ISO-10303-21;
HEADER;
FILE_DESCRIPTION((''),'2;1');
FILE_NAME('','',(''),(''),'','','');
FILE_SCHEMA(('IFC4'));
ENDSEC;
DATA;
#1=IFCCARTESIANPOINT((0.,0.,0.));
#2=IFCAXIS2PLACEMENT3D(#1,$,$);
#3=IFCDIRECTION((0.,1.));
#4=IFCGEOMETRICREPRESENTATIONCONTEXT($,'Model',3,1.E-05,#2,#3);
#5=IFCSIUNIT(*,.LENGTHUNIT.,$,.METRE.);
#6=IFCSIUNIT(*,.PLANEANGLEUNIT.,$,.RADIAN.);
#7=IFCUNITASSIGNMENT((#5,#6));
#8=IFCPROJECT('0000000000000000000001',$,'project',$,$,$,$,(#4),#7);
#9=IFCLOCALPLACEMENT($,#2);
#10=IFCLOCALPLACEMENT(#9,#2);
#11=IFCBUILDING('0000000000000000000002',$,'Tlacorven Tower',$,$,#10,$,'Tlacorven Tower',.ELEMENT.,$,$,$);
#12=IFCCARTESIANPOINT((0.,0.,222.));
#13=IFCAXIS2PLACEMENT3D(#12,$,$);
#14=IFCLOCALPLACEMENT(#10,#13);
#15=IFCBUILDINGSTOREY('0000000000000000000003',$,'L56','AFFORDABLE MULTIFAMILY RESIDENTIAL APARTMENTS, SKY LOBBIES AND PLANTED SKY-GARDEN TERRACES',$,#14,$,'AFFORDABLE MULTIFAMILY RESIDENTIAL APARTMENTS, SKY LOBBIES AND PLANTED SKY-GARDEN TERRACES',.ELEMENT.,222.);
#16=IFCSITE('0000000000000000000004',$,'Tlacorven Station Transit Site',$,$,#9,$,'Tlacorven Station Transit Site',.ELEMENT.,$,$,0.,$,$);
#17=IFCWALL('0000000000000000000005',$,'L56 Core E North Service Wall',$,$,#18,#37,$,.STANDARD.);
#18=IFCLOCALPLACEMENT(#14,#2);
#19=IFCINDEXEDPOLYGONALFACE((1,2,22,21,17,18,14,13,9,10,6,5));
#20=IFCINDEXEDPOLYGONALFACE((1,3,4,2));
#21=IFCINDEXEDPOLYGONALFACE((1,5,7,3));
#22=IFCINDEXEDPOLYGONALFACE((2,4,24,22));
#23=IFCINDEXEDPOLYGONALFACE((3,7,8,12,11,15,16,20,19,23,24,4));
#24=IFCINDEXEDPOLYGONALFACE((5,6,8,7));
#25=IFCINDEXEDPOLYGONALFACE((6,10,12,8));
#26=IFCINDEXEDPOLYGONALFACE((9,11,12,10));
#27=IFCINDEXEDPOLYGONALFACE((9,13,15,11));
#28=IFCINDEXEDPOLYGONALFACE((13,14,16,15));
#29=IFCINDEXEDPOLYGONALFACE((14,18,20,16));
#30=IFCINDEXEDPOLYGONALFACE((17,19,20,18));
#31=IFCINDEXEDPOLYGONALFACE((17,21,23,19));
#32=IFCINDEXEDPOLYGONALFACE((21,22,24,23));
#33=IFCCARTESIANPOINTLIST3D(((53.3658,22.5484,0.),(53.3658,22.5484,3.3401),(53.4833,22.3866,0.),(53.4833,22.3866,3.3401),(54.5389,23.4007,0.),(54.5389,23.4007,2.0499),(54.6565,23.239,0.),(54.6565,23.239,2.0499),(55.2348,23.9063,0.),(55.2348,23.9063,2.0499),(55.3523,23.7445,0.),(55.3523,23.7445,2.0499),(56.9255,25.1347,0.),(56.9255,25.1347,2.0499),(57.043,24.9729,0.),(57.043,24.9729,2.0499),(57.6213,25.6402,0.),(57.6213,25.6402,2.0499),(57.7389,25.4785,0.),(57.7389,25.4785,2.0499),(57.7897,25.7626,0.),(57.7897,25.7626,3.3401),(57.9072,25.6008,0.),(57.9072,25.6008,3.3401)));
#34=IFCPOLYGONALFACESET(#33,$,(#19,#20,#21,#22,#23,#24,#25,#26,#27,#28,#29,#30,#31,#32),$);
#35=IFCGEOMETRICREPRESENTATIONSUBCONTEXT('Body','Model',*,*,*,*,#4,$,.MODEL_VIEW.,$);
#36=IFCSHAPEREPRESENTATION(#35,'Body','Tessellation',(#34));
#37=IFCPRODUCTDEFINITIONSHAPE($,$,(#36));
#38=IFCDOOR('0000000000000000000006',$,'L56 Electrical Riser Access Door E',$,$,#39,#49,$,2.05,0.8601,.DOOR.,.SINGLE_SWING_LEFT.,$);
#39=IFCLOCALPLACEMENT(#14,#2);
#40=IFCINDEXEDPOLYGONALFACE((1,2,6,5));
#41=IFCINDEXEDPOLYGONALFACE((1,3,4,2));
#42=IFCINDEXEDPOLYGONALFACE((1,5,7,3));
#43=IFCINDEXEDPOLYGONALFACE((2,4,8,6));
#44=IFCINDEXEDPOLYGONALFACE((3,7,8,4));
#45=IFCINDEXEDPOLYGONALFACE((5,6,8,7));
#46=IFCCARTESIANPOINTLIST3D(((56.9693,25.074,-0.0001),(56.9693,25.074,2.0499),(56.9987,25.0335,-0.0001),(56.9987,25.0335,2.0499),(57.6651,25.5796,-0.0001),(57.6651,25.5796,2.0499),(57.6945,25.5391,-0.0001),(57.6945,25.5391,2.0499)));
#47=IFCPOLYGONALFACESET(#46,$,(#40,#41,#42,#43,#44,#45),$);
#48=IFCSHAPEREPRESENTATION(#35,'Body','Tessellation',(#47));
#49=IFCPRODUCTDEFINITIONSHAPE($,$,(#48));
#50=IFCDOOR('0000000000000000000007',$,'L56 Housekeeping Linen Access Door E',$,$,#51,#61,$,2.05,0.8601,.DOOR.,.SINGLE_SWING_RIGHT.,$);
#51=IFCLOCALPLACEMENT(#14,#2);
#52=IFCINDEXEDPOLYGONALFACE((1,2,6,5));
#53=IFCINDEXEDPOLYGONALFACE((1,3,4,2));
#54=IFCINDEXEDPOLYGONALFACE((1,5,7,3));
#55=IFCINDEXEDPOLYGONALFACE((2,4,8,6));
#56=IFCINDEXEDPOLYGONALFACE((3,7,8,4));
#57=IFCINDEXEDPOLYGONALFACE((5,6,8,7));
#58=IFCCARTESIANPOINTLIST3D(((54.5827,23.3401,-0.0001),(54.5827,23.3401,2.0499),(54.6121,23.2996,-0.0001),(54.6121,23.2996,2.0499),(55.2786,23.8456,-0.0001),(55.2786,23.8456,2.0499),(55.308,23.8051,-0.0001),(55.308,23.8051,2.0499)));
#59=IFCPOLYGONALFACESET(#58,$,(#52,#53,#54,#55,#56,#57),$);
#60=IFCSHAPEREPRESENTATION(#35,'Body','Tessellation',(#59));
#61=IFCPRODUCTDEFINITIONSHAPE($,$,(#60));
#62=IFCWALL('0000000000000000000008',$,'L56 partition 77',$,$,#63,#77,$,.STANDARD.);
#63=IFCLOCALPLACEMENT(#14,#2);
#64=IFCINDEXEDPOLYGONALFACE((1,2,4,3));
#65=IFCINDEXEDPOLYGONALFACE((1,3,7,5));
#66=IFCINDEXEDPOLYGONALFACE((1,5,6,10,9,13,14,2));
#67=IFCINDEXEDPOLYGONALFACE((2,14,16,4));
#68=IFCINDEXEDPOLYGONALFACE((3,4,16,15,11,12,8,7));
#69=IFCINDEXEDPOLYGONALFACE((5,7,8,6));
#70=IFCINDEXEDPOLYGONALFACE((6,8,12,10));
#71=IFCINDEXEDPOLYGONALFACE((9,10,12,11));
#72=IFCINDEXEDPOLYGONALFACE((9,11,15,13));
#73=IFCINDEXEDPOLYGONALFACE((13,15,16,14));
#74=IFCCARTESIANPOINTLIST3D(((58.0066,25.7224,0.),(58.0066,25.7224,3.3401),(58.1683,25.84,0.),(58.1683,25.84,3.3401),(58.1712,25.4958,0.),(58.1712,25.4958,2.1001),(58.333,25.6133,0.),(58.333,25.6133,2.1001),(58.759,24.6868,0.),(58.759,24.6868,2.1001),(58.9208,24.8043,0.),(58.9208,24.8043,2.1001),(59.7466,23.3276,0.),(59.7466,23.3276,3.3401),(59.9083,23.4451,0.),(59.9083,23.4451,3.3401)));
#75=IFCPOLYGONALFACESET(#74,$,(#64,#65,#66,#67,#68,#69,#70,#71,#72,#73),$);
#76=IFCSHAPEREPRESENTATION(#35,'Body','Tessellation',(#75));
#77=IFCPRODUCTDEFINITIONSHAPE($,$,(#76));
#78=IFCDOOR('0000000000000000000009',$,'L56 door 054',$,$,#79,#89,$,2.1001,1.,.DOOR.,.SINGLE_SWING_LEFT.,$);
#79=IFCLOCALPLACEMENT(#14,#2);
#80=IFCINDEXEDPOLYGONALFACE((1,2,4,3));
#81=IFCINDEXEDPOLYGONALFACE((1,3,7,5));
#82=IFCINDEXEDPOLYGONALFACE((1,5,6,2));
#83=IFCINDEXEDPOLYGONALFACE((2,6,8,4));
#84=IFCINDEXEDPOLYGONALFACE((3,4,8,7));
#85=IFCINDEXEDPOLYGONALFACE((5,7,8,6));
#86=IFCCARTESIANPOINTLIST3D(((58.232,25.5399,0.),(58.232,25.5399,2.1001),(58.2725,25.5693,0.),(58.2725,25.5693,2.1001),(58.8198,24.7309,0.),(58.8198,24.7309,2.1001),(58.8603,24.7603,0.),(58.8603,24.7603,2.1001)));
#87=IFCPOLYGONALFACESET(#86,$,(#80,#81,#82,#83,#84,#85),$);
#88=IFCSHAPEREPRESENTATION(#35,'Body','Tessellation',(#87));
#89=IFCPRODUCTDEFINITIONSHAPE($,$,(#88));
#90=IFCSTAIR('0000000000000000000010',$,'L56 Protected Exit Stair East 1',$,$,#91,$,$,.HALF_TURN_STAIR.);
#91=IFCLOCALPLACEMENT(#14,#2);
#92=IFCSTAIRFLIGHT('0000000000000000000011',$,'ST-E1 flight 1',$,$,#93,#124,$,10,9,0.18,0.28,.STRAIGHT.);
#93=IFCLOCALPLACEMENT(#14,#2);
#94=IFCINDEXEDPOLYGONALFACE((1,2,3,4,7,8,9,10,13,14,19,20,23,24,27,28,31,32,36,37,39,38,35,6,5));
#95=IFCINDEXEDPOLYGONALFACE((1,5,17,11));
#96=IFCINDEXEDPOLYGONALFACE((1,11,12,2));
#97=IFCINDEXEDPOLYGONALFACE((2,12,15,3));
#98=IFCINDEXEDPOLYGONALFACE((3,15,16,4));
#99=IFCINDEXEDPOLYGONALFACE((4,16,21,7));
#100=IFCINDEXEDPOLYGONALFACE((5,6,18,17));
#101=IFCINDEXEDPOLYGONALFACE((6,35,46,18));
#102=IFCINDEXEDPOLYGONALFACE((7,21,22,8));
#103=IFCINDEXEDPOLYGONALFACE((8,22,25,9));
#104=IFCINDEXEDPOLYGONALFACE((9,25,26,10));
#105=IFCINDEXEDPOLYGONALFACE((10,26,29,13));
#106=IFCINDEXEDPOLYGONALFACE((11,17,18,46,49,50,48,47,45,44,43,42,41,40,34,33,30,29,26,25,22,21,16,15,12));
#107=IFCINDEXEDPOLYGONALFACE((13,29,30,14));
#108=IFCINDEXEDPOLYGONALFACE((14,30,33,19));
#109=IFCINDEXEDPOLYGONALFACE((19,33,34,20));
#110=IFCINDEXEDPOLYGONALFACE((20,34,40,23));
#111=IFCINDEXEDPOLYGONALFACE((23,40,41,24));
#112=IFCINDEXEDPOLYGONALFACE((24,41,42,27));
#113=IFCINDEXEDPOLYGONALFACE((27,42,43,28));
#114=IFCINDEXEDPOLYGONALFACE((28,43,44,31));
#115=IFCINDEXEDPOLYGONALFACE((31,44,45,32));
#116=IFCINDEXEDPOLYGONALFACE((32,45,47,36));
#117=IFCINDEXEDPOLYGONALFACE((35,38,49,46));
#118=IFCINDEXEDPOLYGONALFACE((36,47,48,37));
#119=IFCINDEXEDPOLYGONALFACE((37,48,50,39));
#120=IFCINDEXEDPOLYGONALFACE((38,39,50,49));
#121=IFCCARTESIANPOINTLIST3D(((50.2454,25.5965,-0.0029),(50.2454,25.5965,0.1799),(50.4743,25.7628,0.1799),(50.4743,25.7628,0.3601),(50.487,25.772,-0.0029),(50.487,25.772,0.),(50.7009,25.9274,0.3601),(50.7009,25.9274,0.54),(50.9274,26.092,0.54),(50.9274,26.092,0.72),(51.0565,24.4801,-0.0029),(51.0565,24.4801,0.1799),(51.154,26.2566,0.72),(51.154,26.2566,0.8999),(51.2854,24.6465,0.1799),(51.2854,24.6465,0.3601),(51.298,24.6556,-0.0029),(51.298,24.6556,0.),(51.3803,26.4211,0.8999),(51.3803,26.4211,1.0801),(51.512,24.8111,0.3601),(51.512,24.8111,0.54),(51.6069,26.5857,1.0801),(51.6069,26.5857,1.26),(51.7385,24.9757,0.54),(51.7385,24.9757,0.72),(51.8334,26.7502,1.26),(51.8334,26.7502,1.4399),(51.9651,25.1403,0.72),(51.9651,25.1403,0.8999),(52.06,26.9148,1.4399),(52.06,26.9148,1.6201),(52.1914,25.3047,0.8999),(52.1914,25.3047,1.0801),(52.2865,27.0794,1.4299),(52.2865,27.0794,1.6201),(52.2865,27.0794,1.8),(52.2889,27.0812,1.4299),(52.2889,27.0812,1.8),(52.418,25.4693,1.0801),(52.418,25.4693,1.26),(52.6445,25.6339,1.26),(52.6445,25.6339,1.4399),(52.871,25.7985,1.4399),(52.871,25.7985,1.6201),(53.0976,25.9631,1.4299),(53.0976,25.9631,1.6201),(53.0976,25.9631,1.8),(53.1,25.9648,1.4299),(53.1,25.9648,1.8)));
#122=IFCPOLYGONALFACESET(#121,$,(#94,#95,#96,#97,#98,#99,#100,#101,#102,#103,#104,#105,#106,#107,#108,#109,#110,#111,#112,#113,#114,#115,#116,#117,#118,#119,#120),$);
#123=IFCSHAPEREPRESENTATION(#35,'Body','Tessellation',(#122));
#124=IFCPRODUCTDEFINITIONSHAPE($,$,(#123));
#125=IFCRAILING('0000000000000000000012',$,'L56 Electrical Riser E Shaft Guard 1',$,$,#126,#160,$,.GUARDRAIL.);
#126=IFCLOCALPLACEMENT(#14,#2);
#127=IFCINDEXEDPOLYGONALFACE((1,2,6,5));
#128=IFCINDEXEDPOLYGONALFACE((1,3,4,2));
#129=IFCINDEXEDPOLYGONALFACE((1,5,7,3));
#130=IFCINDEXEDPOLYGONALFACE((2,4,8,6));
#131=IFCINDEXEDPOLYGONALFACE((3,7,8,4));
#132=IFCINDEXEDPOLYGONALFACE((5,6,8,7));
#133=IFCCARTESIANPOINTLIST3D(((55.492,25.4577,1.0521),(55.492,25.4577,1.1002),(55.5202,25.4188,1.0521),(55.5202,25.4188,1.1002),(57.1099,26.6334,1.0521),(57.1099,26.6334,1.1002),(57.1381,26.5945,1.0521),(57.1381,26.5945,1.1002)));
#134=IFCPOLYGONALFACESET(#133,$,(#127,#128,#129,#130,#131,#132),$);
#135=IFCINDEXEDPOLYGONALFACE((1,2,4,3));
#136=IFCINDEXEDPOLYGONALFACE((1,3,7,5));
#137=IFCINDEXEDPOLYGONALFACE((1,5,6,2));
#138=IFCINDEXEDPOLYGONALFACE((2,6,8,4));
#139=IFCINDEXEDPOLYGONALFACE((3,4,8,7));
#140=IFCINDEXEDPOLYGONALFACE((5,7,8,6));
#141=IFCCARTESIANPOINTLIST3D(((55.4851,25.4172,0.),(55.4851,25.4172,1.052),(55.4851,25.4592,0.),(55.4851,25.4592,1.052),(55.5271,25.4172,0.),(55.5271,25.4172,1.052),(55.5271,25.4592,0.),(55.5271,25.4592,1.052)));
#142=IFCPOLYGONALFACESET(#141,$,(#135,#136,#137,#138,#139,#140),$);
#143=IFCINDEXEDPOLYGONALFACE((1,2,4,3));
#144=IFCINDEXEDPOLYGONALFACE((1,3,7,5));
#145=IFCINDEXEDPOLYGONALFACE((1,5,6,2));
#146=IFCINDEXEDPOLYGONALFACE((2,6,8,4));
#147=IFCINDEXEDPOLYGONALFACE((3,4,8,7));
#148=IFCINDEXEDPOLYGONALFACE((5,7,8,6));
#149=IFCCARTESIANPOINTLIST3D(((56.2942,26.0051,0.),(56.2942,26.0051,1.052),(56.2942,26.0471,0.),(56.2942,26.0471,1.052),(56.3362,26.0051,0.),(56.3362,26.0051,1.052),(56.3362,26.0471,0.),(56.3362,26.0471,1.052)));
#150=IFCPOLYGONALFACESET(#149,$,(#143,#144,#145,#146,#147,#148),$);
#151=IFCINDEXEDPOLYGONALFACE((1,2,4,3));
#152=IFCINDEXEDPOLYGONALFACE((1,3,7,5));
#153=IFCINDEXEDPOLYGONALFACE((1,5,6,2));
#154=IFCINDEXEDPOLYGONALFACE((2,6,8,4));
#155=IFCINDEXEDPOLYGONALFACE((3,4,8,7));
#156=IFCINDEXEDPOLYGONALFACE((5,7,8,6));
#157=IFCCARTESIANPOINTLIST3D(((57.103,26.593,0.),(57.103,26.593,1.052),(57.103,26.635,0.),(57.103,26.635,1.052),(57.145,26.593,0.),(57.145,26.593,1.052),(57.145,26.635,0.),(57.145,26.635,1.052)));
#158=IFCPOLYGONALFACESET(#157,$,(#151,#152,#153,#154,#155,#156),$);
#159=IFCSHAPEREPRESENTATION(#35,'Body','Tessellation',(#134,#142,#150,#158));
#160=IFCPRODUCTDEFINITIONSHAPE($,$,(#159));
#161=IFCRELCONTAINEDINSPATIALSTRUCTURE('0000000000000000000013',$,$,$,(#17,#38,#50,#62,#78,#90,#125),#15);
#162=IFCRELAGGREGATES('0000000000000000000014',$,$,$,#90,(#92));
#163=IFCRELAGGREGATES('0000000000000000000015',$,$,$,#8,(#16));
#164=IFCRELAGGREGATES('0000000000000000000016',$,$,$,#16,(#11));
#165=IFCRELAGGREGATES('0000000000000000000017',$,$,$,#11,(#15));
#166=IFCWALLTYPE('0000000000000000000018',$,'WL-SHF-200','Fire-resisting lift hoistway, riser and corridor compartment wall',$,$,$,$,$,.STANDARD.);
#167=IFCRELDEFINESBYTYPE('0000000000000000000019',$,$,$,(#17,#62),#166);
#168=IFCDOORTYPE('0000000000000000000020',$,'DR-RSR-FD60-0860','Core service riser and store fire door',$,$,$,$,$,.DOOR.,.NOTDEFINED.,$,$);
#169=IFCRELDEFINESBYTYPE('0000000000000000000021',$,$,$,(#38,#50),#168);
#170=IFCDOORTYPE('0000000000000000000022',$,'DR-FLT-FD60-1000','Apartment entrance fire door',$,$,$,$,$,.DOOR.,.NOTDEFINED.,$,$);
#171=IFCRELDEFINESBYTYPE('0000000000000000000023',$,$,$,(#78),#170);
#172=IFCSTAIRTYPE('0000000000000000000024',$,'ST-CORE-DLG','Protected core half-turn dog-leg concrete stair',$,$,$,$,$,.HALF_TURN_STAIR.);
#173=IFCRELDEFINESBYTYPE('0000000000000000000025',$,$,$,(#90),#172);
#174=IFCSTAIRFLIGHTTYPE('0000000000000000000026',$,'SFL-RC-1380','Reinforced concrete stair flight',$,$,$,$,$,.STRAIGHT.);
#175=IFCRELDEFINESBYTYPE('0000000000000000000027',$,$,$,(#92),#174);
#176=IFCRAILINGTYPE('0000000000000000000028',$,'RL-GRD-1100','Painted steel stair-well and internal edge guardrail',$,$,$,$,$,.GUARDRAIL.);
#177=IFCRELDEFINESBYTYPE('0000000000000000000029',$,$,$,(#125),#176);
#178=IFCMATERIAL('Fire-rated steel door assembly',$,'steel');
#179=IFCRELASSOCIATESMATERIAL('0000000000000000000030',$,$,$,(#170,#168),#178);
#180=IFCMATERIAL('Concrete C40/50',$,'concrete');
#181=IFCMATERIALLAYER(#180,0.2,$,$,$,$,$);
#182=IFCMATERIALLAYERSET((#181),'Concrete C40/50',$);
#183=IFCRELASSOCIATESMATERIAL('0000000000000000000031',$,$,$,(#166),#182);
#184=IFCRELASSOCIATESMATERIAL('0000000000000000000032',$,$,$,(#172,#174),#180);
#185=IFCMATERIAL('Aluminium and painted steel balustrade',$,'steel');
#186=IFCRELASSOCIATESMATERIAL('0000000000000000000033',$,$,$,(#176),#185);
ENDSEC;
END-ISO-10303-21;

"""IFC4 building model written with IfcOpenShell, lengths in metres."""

from ifc_helpers import new_model, si_unit, direction, frame, frame_2d, origin, origin_2d, place, context, subcontext, project, spatial, polyline, rectangle, outline, extrude, source, transform, mapped, material, layer, layer_set, type_object, element, fill, aggregate, save


model = new_model("IFC4")

# Units and contexts
model_context = context("Model", 3, precision=1e-05, world=origin(), true_north=direction((0.0, 1.0)))
body_context = subcontext(model_context, "Body", "Model", "MODEL_VIEW")
ifc_project = project(units=[si_unit("LENGTHUNIT", "METRE"), si_unit("PLANEANGLEUNIT", "RADIAN")], contexts=[model_context])

# Site, building, storey
site_placement = place(None, origin())
site = spatial("IfcSite", under=ifc_project, at=site_placement, Name="Tlacorven Station Transit Site", LongName="Tlacorven Station Transit Site", CompositionType="ELEMENT", RefElevation=0.0)
building_placement = place(site_placement, origin())
building = spatial("IfcBuilding", under=site, at=building_placement, Name="Tlacorven Tower", LongName="Tlacorven Tower", CompositionType="ELEMENT")
storey_placement = place(building_placement, frame((0.0, 0.0, 222.0)))
storey = spatial("IfcBuildingStorey", under=building, at=storey_placement, Name="L56", Description="AFFORDABLE MULTIFAMILY RESIDENTIAL APARTMENTS, SKY LOBBIES AND PLANTED SKY-GARDEN TERRACES", LongName="AFFORDABLE MULTIFAMILY RESIDENTIAL APARTMENTS, SKY LOBBIES AND PLANTED SKY-GARDEN TERRACES", CompositionType="ELEMENT", Elevation=222.0)

# Shared definitions
ifc_material_1 = material(Name="Fire-rated steel door assembly", Category="steel")
door_type_1 = type_object("IfcDoorType", Name="DR-FLT-FD60-1000", Description="Apartment entrance fire door", OperationType="NOTDEFINED", PredefinedType="DOOR", material=ifc_material_1)
shared_shape_1 = source(origin(), body_context, "Body", "SweptSolid", [
    extrude(rectangle(XDim=1.0, YDim=2.1001, at=frame_2d((0.5, 1.05))), frame((0.0, 0.0249, 0.0), z_axis=(0.0, -1.0, 0.0), x_axis=(1.0, 0.0, 0.0)), (0.0, 0.0, 1.0), 0.05),
])

# Shared definitions
ifc_material_2 = material(Name="Concrete C40/50", Category="concrete")
ifc_layer_1 = layer(ifc_material_2, 0.2)
ifc_layer_set_1 = layer_set([ifc_layer_1], Name="Concrete C40/50")
wall_type_1 = type_object("IfcWallType", Name="WL-SHF-200", Description="Fire-resisting lift hoistway, riser and corridor compartment wall", PredefinedType="STANDARD", material=ifc_layer_set_1)

# Wall, openings, doors
wall_1_placement = place(storey_placement, frame((53.4246, 22.4675, 0.0), z_axis=(0.0, 0.0, 1.0), x_axis=(0.809016, 0.587787, 0.0)))
wall_1 = element("IfcWall", 1, at=wall_1_placement, inside=storey, type_object=wall_type_1, Name="L56 Core E North Service Wall", PredefinedType="STANDARD", context=body_context, shape_type="SweptSolid", body=[
    extrude(rectangle(XDim=5.4683, YDim=0.2, at=frame_2d((2.7341, 0.0))), origin(), (0.0, 0.0, 1.0), 3.3401),
])
opening_1_placement = place(wall_1_placement, frame((4.3999, 0.0, 0.0)))
opening_1 = element("IfcOpeningElement", 2, at=opening_1_placement, cuts=wall_1, PredefinedType="OPENING", context=body_context, shape_type="SweptSolid", body=[
    extrude(rectangle(XDim=0.8601, YDim=2.05, at=frame_2d((0.4302, 1.0249))), frame((0.0, 0.1099, 0.0), z_axis=(0.0, -1.0, 0.0), x_axis=(1.0, 0.0, 0.0)), (0.0, 0.0, 1.0), 0.22),
])
opening_2_placement = place(wall_1_placement, frame((1.45, 0.0, 0.0)))
opening_2 = element("IfcOpeningElement", 3, at=opening_2_placement, cuts=wall_1, PredefinedType="OPENING", context=body_context, shape_type="SweptSolid", body=[
    extrude(rectangle(XDim=0.8601, YDim=2.05, at=frame_2d((0.4302, 1.0249))), frame((0.0, 0.1099, 0.0), z_axis=(0.0, -1.0, 0.0), x_axis=(1.0, 0.0, 0.0)), (0.0, 0.0, 1.0), 0.22),
])
door_type_2 = type_object("IfcDoorType", Name="DR-RSR-FD60-0860", Description="Core service riser and store fire door", OperationType="NOTDEFINED", PredefinedType="DOOR", material=ifc_material_1)
shared_shape_2 = source(origin(), body_context, "Body", "SweptSolid", [
    extrude(rectangle(XDim=0.8601, YDim=2.05, at=frame_2d((0.4302, 1.0249))), frame((0.0, 0.0249, 0.0), z_axis=(0.0, -1.0, 0.0), x_axis=(1.0, 0.0, 0.0)), (0.0, 0.0, 1.0), 0.05),
])
door_1_placement = place(opening_1_placement, frame((0.8601, 0.0, 0.0), z_axis=(0.0, 0.0, 1.0), x_axis=(-1.0, 0.0, 0.0)))
door_1 = element("IfcDoor", 4, at=door_1_placement, inside=storey, type_object=door_type_2, Name="L56 Electrical Riser Access Door E", OperationType="SINGLE_SWING_LEFT", OverallHeight=2.05, OverallWidth=0.8601, PredefinedType="DOOR", context=body_context, shape_type="MappedRepresentation", body=[
    mapped(shared_shape_2, transform((0.0, 0.0, 0.0), scale=1.0)),
])
fill(opening_1, door_1)
door_2_placement = place(opening_2_placement, frame((0.8601, 0.0, 0.0), z_axis=(0.0, 0.0, 1.0), x_axis=(-1.0, 0.0, 0.0)))
door_2 = element("IfcDoor", 5, at=door_2_placement, inside=storey, type_object=door_type_2, Name="L56 Housekeeping Linen Access Door E", OperationType="SINGLE_SWING_RIGHT", OverallHeight=2.05, OverallWidth=0.8601, PredefinedType="DOOR", context=body_context, shape_type="MappedRepresentation", body=[
    mapped(shared_shape_2, transform((0.0, 0.0, 0.0), scale=1.0)),
])
fill(opening_2, door_2)

# Wall, opening, door
wall_2_placement = place(storey_placement, frame((59.8274, 23.3865, 0.0), z_axis=(0.0, 0.0, 1.0), x_axis=(-0.587804, 0.809003, 0.0)))
wall_2 = element("IfcWall", 6, at=wall_2_placement, inside=storey, type_object=wall_type_1, Name="L56 partition 77", PredefinedType="STANDARD", context=body_context, shape_type="SweptSolid", body=[
    extrude(rectangle(XDim=2.9602, YDim=0.2, at=frame_2d((1.48, 0.0))), origin(), (0.0, 0.0, 1.0), 3.3401),
])
opening_3_placement = place(wall_2_placement, frame((1.6799, 0.0, 0.0)))
opening_3 = element("IfcOpeningElement", 7, at=opening_3_placement, cuts=wall_2, PredefinedType="OPENING", context=body_context, shape_type="SweptSolid", body=[
    extrude(rectangle(XDim=1.0, YDim=2.1001, at=frame_2d((0.5, 1.05))), frame((0.0, 0.1099, 0.0), z_axis=(0.0, -1.0, 0.0), x_axis=(1.0, 0.0, 0.0)), (0.0, 0.0, 1.0), 0.22),
])
door_3_placement = place(opening_3_placement, origin())
door_3 = element("IfcDoor", 8, at=door_3_placement, inside=storey, type_object=door_type_1, Name="L56 door 054", OperationType="SINGLE_SWING_LEFT", OverallHeight=2.1001, OverallWidth=1.0, PredefinedType="DOOR", context=body_context, shape_type="MappedRepresentation", body=[
    mapped(shared_shape_1, transform((0.0, 0.0, 0.0), scale=1.0)),
])
fill(opening_3, door_3)

# Stair, stair flight
stair_type = type_object("IfcStairType", Name="ST-CORE-DLG", Description="Protected core half-turn dog-leg concrete stair", PredefinedType="HALF_TURN_STAIR", material=ifc_material_2)
stair_placement = place(storey_placement, origin())
stair = element("IfcStair", 9, at=stair_placement, inside=storey, type_object=stair_type, Name="L56 Protected Exit Stair East 1", PredefinedType="HALF_TURN_STAIR")
stair_flight_type = type_object("IfcStairFlightType", Name="SFL-RC-1380", Description="Reinforced concrete stair flight", PredefinedType="STRAIGHT", material=ifc_material_2)
shared_shape_3 = source(origin(), body_context, "Body", "SweptSolid", [
    extrude(outline(polyline([(-0.0029, -0.0029), (-0.0029, 0.1799), (0.28, 0.1799), (0.28, 0.3601), (0.5601, 0.3601), (0.5601, 0.54), (0.8401, 0.54), (0.8401, 0.72), (1.1201, 0.72), (1.1201, 0.8999), (1.3999, 0.8999), (1.3999, 1.0801), (1.6799, 1.0801), (1.6799, 1.26), (1.96, 1.26), (1.96, 1.4399), (2.24, 1.4399), (2.24, 1.6201), (2.52, 1.6201), (2.52, 1.8), (2.5229, 1.8), (2.5229, 1.4299), (2.52, 1.4299), (0.2957, 0.0), (0.2957, -0.0029), (-0.0029, -0.0029)])), frame((0.0, 0.6899, 0.0), z_axis=(0.0, -1.0, 0.0), x_axis=(1.0, 0.0, 0.0)), (0.0, 0.0, 1.0), 1.3799),
])
stair_flight_placement = place(storey_placement, frame((50.6533, 25.04, 0.0), z_axis=(0.0, 0.0, 1.0), x_axis=(0.809017, 0.587785, 0.0)))
stair_flight = element("IfcStairFlight", 10, at=stair_flight_placement, type_object=stair_flight_type, Name="ST-E1 flight 1", NumberOfRisers=10, NumberOfTreads=9, PredefinedType="STRAIGHT", RiserHeight=0.18, TreadLength=0.28, context=body_context, shape_type="MappedRepresentation", body=[
    mapped(shared_shape_3, transform((0.0, 0.0, 0.0), scale=1.0)),
])
aggregate(stair, [stair_flight])

# Railing
ifc_material_3 = material(Name="Aluminium and painted steel balustrade", Category="steel")
railing_type_1 = type_object("IfcRailingType", Name="RL-GRD-1100", Description="Painted steel stair-well and internal edge guardrail", PredefinedType="GUARDRAIL", material=ifc_material_3)
shared_shape_4 = source(origin(), body_context, "Body", "SweptSolid", [
    extrude(rectangle(XDim=0.0481, YDim=0.0481, at=origin_2d()), frame((0.0, 0.0, 1.0762), z_axis=(0.808947, 0.587881, 0.0), x_axis=(-0.587881, 0.808947, 0.0)), (0.0, 0.0, 1.0), 2.0),
    extrude(rectangle(XDim=0.042, YDim=0.042, at=origin_2d()), origin(), (0.0, 0.0, 1.0), 1.052),
    extrude(rectangle(XDim=0.042, YDim=0.042, at=origin_2d()), frame((0.8091, 0.5879, 0.0)), (0.0, 0.0, 1.0), 1.052),
    extrude(rectangle(XDim=0.042, YDim=0.042, at=origin_2d()), frame((1.6179, 1.1758, 0.0)), (0.0, 0.0, 1.0), 1.052),
])
railing_1_placement = place(storey_placement, frame((55.5061, 25.4382, 0.0)))
element("IfcRailing", 11, at=railing_1_placement, inside=storey, type_object=railing_type_1, Name="L56 Electrical Riser E Shaft Guard 1", PredefinedType="GUARDRAIL", context=body_context, shape_type="MappedRepresentation", body=[
    mapped(shared_shape_4, transform((0.0, 0.0, 0.0), scale=1.0)),
])

save(model, "model.ifc")
